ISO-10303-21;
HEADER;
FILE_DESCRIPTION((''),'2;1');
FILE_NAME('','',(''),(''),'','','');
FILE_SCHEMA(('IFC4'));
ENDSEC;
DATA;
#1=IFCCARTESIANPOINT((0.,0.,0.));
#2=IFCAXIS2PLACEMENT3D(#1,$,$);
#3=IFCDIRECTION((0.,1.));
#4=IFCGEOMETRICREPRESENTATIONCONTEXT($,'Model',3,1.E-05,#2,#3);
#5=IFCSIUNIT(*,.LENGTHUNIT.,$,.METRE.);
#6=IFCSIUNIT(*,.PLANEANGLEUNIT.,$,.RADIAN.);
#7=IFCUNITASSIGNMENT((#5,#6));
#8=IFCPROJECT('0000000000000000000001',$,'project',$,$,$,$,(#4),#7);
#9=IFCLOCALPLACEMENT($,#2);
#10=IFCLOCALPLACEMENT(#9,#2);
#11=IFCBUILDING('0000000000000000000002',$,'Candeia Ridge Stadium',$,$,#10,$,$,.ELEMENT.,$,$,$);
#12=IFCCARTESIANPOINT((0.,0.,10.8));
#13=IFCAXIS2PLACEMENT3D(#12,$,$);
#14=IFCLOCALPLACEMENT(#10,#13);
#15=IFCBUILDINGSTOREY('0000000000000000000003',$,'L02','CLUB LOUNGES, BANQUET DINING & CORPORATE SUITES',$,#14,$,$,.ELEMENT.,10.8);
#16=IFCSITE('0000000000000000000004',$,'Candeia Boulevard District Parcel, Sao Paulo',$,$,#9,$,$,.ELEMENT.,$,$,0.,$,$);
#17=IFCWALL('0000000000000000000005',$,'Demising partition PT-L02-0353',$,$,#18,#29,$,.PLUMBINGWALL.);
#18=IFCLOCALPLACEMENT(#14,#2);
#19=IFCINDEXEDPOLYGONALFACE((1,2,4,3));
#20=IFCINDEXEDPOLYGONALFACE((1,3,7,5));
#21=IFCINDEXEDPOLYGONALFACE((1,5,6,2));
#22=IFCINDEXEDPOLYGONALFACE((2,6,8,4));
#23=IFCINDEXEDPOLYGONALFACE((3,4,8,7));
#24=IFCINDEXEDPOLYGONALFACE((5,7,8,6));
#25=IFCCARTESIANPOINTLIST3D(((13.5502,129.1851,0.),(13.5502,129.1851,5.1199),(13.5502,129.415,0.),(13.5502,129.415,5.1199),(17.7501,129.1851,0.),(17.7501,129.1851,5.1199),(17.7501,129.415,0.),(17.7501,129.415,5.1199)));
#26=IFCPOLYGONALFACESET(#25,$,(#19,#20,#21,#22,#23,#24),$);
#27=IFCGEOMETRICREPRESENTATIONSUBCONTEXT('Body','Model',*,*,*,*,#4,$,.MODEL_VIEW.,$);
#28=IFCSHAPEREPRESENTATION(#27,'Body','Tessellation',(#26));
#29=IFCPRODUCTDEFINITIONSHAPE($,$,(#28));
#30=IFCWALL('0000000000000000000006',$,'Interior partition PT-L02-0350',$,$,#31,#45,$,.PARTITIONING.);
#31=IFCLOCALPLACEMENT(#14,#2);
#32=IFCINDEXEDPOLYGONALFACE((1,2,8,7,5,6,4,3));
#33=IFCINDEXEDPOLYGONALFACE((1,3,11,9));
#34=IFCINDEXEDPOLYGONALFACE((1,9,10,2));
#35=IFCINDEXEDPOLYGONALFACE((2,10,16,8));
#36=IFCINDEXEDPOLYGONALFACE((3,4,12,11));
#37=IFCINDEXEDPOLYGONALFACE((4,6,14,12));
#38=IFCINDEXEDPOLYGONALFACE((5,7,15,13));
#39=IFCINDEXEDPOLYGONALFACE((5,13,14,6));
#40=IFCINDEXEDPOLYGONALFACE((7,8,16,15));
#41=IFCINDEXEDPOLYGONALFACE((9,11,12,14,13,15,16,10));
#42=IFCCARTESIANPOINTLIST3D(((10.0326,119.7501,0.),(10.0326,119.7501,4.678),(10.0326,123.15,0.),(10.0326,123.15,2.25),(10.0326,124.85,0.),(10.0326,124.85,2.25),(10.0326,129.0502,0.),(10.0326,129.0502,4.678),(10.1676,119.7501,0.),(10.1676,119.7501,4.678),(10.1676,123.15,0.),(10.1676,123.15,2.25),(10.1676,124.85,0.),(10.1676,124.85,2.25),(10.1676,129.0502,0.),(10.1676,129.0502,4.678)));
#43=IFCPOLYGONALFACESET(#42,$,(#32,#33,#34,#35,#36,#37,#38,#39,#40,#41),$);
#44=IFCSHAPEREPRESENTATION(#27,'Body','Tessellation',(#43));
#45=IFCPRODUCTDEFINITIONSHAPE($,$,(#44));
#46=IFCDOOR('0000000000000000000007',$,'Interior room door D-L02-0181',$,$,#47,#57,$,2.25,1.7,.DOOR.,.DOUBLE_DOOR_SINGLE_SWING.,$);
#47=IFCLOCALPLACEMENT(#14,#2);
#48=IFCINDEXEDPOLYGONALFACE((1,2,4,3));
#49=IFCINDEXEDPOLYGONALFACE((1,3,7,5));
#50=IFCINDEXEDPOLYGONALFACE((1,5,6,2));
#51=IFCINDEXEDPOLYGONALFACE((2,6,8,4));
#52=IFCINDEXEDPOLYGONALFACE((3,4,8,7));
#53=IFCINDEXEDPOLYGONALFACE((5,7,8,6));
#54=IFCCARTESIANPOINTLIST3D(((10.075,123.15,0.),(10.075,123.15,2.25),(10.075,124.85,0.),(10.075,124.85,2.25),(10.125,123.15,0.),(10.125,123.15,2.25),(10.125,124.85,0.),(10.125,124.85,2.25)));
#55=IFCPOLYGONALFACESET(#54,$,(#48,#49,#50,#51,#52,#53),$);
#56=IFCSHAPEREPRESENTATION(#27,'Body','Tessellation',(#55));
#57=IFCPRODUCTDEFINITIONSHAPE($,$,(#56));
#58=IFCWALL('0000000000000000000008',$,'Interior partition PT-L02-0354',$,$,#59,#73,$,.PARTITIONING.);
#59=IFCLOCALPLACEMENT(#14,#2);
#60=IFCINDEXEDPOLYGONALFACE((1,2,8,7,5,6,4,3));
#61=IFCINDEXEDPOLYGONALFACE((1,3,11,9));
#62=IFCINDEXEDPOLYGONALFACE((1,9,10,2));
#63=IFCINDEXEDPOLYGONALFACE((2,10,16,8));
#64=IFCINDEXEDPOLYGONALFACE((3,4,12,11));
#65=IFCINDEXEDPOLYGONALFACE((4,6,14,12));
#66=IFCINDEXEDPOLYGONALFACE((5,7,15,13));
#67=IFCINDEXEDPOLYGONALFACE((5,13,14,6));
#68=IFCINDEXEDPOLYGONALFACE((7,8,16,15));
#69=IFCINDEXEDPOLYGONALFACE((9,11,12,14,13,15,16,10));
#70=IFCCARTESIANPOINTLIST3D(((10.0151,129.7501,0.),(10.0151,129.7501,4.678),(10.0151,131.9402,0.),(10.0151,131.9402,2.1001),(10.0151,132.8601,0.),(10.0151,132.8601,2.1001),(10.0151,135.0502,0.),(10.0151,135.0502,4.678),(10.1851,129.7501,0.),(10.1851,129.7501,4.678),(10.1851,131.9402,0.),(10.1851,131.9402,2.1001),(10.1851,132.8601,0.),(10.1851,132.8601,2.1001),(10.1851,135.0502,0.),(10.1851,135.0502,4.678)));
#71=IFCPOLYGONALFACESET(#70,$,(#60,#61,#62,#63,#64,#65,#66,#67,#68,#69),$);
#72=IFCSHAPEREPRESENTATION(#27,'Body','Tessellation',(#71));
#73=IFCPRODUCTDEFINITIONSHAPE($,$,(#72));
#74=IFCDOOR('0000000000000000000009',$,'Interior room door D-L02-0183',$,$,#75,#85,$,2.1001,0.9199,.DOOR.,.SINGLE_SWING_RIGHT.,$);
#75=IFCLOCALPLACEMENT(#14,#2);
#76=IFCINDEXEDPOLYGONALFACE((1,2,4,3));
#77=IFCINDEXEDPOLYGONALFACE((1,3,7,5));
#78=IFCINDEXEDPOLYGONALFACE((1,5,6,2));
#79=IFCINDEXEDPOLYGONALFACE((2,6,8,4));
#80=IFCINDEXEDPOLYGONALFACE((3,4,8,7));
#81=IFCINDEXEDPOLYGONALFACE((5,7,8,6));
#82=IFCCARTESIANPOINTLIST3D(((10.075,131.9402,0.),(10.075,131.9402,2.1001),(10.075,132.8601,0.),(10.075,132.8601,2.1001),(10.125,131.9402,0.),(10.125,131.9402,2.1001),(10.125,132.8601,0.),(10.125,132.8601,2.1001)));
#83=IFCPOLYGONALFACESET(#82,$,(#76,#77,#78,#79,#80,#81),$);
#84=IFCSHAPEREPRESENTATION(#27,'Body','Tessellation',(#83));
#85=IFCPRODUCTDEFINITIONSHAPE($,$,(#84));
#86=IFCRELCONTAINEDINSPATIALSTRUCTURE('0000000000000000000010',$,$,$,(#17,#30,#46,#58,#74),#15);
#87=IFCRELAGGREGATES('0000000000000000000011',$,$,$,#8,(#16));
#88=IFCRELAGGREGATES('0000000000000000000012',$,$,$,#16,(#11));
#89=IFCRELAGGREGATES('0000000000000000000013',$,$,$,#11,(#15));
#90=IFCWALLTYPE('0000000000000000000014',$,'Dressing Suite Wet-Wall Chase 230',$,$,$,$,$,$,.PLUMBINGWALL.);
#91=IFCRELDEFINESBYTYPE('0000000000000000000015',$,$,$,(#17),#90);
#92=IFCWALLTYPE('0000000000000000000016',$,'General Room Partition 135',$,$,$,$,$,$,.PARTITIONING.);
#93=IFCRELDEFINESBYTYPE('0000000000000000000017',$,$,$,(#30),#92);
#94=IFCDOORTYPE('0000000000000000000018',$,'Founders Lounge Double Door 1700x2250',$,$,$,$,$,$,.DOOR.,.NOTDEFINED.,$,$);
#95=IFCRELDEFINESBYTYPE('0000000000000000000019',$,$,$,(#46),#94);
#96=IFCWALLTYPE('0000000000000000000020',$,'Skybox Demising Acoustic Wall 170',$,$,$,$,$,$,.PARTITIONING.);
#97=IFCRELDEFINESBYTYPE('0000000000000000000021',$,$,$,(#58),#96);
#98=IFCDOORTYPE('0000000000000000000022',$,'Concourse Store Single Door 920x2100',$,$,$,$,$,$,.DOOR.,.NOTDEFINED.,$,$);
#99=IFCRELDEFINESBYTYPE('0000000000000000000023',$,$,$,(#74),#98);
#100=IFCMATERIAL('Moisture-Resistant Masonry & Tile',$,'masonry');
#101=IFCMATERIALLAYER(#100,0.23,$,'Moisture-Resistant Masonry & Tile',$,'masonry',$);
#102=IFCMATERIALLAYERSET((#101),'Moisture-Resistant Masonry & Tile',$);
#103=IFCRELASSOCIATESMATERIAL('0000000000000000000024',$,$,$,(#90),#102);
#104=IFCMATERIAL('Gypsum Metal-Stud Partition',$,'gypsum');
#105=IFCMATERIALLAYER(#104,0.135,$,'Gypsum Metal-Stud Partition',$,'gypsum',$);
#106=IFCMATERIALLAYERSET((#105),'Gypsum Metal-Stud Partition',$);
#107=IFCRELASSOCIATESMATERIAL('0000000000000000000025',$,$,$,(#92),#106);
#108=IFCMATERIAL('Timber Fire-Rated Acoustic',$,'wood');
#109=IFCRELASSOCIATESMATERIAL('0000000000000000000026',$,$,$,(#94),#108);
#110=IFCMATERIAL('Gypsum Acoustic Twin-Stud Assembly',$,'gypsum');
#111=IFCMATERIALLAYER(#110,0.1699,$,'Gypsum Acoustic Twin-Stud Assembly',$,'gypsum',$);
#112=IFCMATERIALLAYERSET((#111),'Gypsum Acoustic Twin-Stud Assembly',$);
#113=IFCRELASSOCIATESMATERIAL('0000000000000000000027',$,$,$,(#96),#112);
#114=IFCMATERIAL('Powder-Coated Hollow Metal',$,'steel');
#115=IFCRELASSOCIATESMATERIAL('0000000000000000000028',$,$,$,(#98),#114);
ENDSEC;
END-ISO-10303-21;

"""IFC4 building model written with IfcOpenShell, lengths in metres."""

from ifc_helpers import new_model, si_unit, direction, frame, frame_2d, origin, place, context, subcontext, project, spatial, rectangle, extrude, material, layer, layer_set, type_object, element, fill, save


model = new_model("IFC4")

# Units and contexts
model_context = context("Model", 3, precision=1e-05, world=origin(), true_north=direction((0.0, 1.0)))
body_context = subcontext(model_context, "Body", "Model", "MODEL_VIEW")
ifc_project = project(units=[si_unit("LENGTHUNIT", "METRE"), si_unit("PLANEANGLEUNIT", "RADIAN")], contexts=[model_context])

# Site, building, storey
site_placement = place(None, origin())
site = spatial("IfcSite", under=ifc_project, at=site_placement, Name="Candeia Boulevard District Parcel, Sao Paulo", CompositionType="ELEMENT", RefElevation=0.0)
building_placement = place(site_placement, origin())
building = spatial("IfcBuilding", under=site, at=building_placement, Name="Candeia Ridge Stadium", CompositionType="ELEMENT")
storey_placement = place(building_placement, frame((0.0, 0.0, 10.8)))
storey = spatial("IfcBuildingStorey", under=building, at=storey_placement, Name="L02", Description="CLUB LOUNGES, BANQUET DINING & CORPORATE SUITES", CompositionType="ELEMENT", Elevation=10.8)

# Wall
ifc_material_1 = material(Name="Moisture-Resistant Masonry & Tile", Category="masonry")
ifc_layer_1 = layer(ifc_material_1, 0.23, Name="Moisture-Resistant Masonry & Tile", Category="masonry")
ifc_layer_set_1 = layer_set([ifc_layer_1], Name="Moisture-Resistant Masonry & Tile")
wall_type_1 = type_object("IfcWallType", Name="Dressing Suite Wet-Wall Chase 230", PredefinedType="PLUMBINGWALL", material=ifc_layer_set_1)
wall_1_placement = place(storey_placement, frame((13.55, 129.3, 0.0), z_axis=(0.0, 0.0, 1.0), x_axis=(1.0, 0.0, 0.0)))
element("IfcWall", 1, at=wall_1_placement, inside=storey, type_object=wall_type_1, Name="Demising partition PT-L02-0353", PredefinedType="PLUMBINGWALL", context=body_context, shape_type="SweptSolid", body=[
    extrude(rectangle(XDim=4.2, YDim=0.23, at=frame_2d((2.1001, 0.0))), origin(), (0.0, 0.0, 1.0), 5.1199),
])

# Walls, openings, doors
ifc_material_2 = material(Name="Gypsum Metal-Stud Partition", Category="gypsum")
ifc_layer_2 = layer(ifc_material_2, 0.135, Name="Gypsum Metal-Stud Partition", Category="gypsum")
ifc_layer_set_2 = layer_set([ifc_layer_2], Name="Gypsum Metal-Stud Partition")
wall_type_2 = type_object("IfcWallType", Name="General Room Partition 135", PredefinedType="PARTITIONING", material=ifc_layer_set_2)
wall_2_placement = place(storey_placement, frame((10.1001, 129.05, 0.0), z_axis=(0.0, 0.0, 1.0), x_axis=(0.0, -1.0, 0.0)))
wall_2 = element("IfcWall", 2, at=wall_2_placement, inside=storey, type_object=wall_type_2, Name="Interior partition PT-L02-0350", PredefinedType="PARTITIONING", context=body_context, shape_type="SweptSolid", body=[
    extrude(rectangle(XDim=9.3, YDim=0.135, at=frame_2d((4.6499, 0.0))), origin(), (0.0, 0.0, 1.0), 4.678),
])
opening_1_placement = place(wall_2_placement, frame((4.2, 0.0, 0.0)))
opening_1 = element("IfcOpeningElement", 3, at=opening_1_placement, cuts=wall_2, PredefinedType="OPENING", context=body_context, shape_type="SweptSolid", body=[
    extrude(rectangle(XDim=1.7, YDim=2.25, at=frame_2d((0.8501, 1.125))), frame((0.0, 0.0774, 0.0), z_axis=(0.0, -1.0, 0.0), x_axis=(1.0, 0.0, 0.0)), (0.0, 0.0, 1.0), 0.155),
])
ifc_material_3 = material(Name="Timber Fire-Rated Acoustic", Category="wood")
door_type_1 = type_object("IfcDoorType", Name="Founders Lounge Double Door 1700x2250", OperationType="NOTDEFINED", PredefinedType="DOOR", material=ifc_material_3)
door_1_placement = place(opening_1_placement, origin())
door_1 = element("IfcDoor", 4, at=door_1_placement, inside=storey, type_object=door_type_1, Name="Interior room door D-L02-0181", OperationType="DOUBLE_DOOR_SINGLE_SWING", OverallHeight=2.25, OverallWidth=1.7, PredefinedType="DOOR", context=body_context, shape_type="SweptSolid", body=[
    extrude(rectangle(XDim=1.7, YDim=2.25, at=frame_2d((0.8501, 1.125))), frame((0.0, 0.0249, 0.0), z_axis=(0.0, -1.0, 0.0), x_axis=(1.0, 0.0, 0.0)), (0.0, 0.0, 1.0), 0.05),
])
fill(opening_1, door_1)
ifc_material_4 = material(Name="Gypsum Acoustic Twin-Stud Assembly", Category="gypsum")
ifc_layer_3 = layer(ifc_material_4, 0.1699, Name="Gypsum Acoustic Twin-Stud Assembly", Category="gypsum")
ifc_layer_set_3 = layer_set([ifc_layer_3], Name="Gypsum Acoustic Twin-Stud Assembly")
wall_type_3 = type_object("IfcWallType", Name="Skybox Demising Acoustic Wall 170", PredefinedType="PARTITIONING", material=ifc_layer_set_3)
wall_3_placement = place(storey_placement, frame((10.1001, 135.05, 0.0), z_axis=(0.0, 0.0, 1.0), x_axis=(0.0, -1.0, 0.0)))
wall_3 = element("IfcWall", 5, at=wall_3_placement, inside=storey, type_object=wall_type_3, Name="Interior partition PT-L02-0354", PredefinedType="PARTITIONING", context=body_context, shape_type="SweptSolid", body=[
    extrude(rectangle(XDim=5.3, YDim=0.1699, at=frame_2d((2.6499, 0.0))), origin(), (0.0, 0.0, 1.0), 4.678),
])
opening_2_placement = place(wall_3_placement, frame((2.1899, 0.0, 0.0)))
opening_2 = element("IfcOpeningElement", 6, at=opening_2_placement, cuts=wall_3, PredefinedType="OPENING", context=body_context, shape_type="SweptSolid", body=[
    extrude(rectangle(XDim=0.9199, YDim=2.1001, at=frame_2d((0.46, 1.05))), frame((0.0, 0.095, 0.0), z_axis=(0.0, -1.0, 0.0), x_axis=(1.0, 0.0, 0.0)), (0.0, 0.0, 1.0), 0.1899),
])
ifc_material_5 = material(Name="Powder-Coated Hollow Metal", Category="steel")
door_type_2 = type_object("IfcDoorType", Name="Concourse Store Single Door 920x2100", OperationType="NOTDEFINED", PredefinedType="DOOR", material=ifc_material_5)
door_2_placement = place(opening_2_placement, origin())
door_2 = element("IfcDoor", 7, at=door_2_placement, inside=storey, type_object=door_type_2, Name="Interior room door D-L02-0183", OperationType="SINGLE_SWING_RIGHT", OverallHeight=2.1001, OverallWidth=0.9199, PredefinedType="DOOR", context=body_context, shape_type="SweptSolid", body=[
    extrude(rectangle(XDim=0.9199, YDim=2.1001, at=frame_2d((0.46, 1.05))), frame((0.0, 0.0249, 0.0), z_axis=(0.0, -1.0, 0.0), x_axis=(1.0, 0.0, 0.0)), (0.0, 0.0, 1.0), 0.05),
])
fill(opening_2, door_2)

save(model, "model.ifc")
